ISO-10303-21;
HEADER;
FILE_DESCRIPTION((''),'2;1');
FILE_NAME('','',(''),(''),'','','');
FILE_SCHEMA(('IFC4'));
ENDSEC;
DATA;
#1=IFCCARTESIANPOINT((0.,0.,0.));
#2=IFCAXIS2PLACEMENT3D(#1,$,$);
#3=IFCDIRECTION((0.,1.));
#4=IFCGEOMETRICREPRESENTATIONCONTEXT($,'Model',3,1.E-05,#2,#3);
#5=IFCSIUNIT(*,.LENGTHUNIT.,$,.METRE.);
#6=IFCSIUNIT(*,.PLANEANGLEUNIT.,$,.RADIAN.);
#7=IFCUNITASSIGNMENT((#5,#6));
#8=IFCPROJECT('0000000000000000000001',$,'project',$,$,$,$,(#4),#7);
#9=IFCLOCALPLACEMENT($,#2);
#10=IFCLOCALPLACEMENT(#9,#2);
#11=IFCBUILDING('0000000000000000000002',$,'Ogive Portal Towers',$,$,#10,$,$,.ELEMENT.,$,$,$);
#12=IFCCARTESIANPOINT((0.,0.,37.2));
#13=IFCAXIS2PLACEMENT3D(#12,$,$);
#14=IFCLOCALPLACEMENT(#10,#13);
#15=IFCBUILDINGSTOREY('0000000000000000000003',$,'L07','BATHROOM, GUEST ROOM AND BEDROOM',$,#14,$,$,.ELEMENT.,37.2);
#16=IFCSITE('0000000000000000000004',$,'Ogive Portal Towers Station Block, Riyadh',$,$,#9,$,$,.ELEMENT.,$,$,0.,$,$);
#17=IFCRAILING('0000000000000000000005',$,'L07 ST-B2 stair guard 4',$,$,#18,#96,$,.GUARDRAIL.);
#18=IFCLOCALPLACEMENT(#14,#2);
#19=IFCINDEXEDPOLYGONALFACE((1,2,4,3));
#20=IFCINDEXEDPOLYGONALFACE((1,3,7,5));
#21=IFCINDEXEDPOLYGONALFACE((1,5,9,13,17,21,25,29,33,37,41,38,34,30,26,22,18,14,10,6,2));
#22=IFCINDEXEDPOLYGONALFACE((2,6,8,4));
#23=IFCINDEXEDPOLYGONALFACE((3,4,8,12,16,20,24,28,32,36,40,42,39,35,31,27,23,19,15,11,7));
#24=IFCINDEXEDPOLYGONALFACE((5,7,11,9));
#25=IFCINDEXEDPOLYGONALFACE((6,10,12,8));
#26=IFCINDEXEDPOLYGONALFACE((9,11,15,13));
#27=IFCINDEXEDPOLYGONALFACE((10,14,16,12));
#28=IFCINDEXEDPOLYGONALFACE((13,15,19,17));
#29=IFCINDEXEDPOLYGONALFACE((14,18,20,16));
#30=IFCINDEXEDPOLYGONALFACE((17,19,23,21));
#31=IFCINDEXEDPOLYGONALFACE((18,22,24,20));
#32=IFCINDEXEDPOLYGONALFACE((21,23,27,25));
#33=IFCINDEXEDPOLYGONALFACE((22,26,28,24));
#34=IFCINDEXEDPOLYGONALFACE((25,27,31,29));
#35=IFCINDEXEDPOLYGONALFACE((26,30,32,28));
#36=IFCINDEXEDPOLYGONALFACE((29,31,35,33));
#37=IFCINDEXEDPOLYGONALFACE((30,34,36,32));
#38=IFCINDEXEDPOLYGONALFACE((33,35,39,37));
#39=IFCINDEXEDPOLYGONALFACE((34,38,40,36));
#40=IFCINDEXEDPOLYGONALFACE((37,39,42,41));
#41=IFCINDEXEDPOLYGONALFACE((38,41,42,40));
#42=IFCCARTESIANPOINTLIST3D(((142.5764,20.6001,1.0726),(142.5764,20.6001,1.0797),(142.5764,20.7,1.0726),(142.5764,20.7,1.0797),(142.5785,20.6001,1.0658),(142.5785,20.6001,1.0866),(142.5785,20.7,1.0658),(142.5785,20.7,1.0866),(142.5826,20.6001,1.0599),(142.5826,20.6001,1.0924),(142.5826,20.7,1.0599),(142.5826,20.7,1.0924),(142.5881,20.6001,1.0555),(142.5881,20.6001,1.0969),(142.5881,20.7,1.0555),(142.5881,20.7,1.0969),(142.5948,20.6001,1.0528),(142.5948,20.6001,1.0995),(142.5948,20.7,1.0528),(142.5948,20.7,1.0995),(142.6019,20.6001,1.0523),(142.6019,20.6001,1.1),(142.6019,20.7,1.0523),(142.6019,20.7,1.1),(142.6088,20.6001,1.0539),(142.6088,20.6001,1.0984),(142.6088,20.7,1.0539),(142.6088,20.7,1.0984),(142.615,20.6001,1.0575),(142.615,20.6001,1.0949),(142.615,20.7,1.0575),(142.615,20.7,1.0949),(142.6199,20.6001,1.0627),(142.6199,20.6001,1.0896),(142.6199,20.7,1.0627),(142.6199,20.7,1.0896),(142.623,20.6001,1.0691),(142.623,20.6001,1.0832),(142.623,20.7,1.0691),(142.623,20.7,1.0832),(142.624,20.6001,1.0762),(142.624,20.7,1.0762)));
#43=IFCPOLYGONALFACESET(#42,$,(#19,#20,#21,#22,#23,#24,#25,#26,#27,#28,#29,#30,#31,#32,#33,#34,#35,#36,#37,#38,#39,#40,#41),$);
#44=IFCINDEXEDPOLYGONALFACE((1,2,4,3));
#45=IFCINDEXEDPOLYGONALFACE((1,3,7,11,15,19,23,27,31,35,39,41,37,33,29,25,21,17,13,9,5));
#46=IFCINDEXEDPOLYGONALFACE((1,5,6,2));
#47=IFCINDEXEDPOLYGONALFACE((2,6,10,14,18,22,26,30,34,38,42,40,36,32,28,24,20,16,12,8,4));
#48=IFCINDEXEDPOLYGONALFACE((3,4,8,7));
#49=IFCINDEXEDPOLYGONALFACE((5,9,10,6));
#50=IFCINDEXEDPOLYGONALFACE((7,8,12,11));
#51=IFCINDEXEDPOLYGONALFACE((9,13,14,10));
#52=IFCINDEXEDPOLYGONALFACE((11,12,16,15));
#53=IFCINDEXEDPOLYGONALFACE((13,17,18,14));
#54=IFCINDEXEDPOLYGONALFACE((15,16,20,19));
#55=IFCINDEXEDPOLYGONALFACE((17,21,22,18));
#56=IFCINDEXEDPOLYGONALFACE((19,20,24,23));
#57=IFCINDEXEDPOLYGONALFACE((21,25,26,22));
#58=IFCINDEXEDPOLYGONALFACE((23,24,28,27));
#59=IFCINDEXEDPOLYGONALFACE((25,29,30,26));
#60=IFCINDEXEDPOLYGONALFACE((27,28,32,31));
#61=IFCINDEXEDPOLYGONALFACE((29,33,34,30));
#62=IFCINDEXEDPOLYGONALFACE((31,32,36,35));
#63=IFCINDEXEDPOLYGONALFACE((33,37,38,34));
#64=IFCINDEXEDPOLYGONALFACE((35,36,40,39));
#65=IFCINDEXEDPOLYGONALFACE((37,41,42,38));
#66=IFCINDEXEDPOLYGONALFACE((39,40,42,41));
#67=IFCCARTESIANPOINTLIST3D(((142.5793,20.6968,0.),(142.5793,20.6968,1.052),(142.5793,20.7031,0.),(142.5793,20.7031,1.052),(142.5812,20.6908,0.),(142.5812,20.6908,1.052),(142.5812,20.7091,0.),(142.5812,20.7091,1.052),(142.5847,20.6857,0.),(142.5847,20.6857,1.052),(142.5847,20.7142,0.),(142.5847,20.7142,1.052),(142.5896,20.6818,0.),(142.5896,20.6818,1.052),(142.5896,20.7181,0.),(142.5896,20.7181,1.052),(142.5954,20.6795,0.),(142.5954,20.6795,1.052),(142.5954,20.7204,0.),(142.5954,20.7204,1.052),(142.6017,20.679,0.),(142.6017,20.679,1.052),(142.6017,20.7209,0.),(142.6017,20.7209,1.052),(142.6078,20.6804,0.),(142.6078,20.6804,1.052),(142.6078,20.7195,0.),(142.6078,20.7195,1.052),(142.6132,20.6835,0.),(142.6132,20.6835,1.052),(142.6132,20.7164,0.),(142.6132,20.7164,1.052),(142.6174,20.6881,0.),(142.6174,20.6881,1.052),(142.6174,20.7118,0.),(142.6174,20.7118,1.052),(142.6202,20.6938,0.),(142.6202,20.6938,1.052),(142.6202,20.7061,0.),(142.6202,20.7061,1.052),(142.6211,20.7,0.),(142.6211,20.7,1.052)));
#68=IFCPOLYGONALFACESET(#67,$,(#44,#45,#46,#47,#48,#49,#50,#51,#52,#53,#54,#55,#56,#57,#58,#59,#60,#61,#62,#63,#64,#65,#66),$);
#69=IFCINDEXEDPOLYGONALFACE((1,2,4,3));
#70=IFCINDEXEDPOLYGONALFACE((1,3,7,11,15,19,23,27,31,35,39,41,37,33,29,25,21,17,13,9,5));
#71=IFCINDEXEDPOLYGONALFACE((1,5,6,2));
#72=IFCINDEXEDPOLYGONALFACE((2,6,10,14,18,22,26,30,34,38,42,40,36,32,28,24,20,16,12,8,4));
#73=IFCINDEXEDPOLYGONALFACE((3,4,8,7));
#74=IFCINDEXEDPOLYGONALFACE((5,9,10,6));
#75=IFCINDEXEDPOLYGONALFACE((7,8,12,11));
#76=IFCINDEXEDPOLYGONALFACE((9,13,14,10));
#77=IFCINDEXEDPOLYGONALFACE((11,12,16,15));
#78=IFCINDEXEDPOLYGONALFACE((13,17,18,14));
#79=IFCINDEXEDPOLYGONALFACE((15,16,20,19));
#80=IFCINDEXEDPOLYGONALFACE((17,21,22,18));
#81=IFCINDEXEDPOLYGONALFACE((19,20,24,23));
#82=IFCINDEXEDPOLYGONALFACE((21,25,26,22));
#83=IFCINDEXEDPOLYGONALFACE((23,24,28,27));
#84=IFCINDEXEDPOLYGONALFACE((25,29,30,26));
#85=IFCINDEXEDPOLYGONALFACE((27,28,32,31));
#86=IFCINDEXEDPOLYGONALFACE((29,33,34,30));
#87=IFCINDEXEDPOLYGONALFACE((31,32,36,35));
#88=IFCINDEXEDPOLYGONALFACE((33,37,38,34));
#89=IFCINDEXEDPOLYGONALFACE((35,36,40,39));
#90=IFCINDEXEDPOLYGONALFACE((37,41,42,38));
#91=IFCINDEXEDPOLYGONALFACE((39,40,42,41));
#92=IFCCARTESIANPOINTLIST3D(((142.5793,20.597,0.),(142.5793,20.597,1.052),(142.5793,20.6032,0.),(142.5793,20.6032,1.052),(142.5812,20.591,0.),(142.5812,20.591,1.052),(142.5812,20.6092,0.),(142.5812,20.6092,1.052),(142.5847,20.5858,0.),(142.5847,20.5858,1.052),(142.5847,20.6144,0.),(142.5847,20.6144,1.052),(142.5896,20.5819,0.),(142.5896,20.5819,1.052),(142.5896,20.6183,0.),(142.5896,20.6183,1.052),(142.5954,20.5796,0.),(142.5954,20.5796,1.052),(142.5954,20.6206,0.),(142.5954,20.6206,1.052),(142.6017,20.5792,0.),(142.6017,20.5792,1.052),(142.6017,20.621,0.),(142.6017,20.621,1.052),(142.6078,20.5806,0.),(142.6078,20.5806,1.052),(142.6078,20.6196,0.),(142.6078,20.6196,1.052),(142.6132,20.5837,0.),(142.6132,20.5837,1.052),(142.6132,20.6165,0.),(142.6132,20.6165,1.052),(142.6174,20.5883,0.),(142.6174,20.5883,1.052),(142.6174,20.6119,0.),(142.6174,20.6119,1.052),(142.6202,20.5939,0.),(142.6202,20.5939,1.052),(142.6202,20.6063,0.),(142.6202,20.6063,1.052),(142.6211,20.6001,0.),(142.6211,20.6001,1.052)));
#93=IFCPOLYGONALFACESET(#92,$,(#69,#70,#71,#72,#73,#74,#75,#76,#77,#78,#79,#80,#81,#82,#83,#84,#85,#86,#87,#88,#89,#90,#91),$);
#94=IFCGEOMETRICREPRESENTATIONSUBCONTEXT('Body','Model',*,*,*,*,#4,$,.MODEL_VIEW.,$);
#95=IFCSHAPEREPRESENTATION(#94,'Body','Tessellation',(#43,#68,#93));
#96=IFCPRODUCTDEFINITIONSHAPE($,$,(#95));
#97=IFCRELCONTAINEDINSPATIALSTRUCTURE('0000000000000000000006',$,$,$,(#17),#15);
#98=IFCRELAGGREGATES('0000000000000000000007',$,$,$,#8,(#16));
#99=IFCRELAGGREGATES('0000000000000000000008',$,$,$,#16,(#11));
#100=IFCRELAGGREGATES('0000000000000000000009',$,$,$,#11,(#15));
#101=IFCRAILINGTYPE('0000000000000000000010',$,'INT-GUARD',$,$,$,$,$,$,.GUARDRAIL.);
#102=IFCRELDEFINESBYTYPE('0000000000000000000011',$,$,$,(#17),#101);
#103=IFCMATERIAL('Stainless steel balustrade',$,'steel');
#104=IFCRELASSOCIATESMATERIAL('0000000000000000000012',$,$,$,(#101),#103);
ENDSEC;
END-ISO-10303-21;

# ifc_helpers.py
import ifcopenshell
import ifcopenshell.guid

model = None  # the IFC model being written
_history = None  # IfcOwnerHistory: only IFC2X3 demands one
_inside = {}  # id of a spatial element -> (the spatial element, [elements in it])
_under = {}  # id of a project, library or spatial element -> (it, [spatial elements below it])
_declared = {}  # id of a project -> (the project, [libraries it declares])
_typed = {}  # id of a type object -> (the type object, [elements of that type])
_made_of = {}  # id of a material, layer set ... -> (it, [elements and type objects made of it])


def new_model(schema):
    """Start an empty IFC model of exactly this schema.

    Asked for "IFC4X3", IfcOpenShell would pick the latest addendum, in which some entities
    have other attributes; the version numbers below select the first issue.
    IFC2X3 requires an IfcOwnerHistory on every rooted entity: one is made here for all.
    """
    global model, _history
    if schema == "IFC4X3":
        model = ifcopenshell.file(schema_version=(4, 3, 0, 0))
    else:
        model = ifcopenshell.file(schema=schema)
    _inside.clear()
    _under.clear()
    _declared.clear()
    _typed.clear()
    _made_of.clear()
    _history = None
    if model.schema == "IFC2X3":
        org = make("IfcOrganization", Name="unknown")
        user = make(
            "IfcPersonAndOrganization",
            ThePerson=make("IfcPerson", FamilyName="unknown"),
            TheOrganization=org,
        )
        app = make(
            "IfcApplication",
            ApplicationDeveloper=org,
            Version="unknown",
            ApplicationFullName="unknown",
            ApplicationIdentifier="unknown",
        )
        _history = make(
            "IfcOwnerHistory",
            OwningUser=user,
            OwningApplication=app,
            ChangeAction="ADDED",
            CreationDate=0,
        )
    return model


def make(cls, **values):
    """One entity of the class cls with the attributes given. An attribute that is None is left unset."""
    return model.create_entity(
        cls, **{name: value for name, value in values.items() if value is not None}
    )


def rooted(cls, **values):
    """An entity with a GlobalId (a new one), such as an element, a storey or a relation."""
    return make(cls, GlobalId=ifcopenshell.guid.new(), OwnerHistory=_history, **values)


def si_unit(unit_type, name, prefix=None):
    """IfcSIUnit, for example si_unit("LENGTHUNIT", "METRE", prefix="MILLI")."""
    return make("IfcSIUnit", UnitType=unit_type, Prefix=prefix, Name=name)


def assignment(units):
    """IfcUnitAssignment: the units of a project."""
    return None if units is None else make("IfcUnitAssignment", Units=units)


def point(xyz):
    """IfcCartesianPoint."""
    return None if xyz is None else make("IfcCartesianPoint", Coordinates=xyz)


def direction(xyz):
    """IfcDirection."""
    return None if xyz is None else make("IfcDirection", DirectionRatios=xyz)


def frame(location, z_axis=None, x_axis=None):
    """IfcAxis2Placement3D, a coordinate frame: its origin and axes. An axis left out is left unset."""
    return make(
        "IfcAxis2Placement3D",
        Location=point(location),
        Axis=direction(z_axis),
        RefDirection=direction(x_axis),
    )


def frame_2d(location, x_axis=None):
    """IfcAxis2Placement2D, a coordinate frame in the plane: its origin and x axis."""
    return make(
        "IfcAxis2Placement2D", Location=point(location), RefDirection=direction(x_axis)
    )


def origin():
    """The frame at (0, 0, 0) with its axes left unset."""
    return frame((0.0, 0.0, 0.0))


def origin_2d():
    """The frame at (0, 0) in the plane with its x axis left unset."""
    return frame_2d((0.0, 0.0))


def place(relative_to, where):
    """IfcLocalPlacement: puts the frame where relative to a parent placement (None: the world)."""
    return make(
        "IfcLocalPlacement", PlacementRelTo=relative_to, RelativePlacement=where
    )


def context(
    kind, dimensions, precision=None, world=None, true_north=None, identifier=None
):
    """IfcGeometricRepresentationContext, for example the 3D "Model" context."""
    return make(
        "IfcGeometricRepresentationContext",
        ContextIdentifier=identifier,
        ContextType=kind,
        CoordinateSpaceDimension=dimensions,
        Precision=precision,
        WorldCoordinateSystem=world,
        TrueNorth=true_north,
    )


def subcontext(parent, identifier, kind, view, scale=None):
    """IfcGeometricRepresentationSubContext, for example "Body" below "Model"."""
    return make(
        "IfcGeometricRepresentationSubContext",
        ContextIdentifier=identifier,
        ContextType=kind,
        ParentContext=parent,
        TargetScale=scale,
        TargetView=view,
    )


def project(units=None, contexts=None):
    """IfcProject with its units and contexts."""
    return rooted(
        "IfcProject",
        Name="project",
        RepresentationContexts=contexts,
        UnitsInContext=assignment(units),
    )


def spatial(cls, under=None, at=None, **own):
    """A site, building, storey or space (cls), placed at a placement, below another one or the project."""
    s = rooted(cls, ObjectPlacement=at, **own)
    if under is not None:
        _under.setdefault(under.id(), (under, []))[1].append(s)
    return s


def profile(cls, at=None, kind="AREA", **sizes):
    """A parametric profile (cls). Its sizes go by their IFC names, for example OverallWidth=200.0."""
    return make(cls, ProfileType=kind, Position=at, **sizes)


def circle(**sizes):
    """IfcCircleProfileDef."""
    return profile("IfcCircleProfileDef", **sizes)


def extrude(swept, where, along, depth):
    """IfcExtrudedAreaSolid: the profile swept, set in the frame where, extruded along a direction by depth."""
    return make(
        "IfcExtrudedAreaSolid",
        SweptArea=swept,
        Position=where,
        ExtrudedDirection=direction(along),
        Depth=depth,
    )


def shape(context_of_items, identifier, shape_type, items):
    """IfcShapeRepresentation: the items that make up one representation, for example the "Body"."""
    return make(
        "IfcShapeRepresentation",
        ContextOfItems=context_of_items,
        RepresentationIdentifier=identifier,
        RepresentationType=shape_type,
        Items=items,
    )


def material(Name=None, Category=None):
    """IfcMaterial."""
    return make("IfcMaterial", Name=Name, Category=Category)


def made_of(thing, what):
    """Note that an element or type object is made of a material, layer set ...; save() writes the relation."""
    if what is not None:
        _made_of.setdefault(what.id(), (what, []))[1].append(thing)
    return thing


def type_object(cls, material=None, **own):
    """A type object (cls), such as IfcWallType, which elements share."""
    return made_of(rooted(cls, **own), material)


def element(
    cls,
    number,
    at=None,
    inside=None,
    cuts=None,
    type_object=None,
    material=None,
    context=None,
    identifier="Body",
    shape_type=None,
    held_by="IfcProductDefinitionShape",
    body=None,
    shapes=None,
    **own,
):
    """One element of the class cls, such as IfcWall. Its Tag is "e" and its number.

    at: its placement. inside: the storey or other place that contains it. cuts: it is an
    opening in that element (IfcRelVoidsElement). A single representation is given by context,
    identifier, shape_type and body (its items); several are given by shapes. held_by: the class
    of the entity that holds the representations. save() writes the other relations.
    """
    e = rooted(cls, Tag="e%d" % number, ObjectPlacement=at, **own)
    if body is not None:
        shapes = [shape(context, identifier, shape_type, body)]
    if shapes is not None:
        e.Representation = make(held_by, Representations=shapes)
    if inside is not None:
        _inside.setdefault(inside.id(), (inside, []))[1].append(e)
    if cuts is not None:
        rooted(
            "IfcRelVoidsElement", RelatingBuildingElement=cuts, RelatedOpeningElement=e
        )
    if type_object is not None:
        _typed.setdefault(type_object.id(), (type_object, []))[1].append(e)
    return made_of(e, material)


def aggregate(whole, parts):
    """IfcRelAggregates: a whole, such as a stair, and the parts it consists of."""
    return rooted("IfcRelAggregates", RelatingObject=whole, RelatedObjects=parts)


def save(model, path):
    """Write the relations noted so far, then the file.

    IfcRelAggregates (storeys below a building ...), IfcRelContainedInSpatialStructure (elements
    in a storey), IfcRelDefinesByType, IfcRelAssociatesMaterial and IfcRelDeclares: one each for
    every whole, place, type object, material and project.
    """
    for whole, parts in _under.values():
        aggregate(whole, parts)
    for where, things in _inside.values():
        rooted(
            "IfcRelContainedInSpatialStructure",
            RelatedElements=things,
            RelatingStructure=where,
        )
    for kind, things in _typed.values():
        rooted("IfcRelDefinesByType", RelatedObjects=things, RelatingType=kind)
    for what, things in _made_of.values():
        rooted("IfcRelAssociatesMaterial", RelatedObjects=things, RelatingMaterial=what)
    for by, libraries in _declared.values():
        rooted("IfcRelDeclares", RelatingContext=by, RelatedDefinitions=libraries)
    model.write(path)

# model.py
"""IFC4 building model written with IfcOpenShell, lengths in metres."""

from ifc_helpers import new_model, si_unit, direction, frame, origin, origin_2d, place, context, subcontext, project, spatial, circle, extrude, material, type_object, element, save


model = new_model("IFC4")

# Units and contexts
model_context = context("Model", 3, precision=1e-05, world=origin(), true_north=direction((0.0, 1.0)))
body_context = subcontext(model_context, "Body", "Model", "MODEL_VIEW")
ifc_project = project(units=[si_unit("LENGTHUNIT", "METRE"), si_unit("PLANEANGLEUNIT", "RADIAN")], contexts=[model_context])

# Site, building, storey
site_placement = place(None, origin())
site = spatial("IfcSite", under=ifc_project, at=site_placement, Name="Ogive Portal Towers Station Block, Riyadh", CompositionType="ELEMENT", RefElevation=0.0)
building_placement = place(site_placement, origin())
building = spatial("IfcBuilding", under=site, at=building_placement, Name="Ogive Portal Towers", CompositionType="ELEMENT")
storey_placement = place(building_placement, frame((0.0, 0.0, 37.2)))
storey = spatial("IfcBuildingStorey", under=building, at=storey_placement, Name="L07", Description="BATHROOM, GUEST ROOM AND BEDROOM", CompositionType="ELEMENT", Elevation=37.2)

# Railing
ifc_material_1 = material(Name="Stainless steel balustrade", Category="steel")
railing_type_1 = type_object("IfcRailingType", Name="INT-GUARD", PredefinedType="GUARDRAIL", material=ifc_material_1)
railing_1_placement = place(storey_placement, frame((142.6001, 20.7, 0.0)))
element("IfcRailing", 1, at=railing_1_placement, inside=storey, type_object=railing_type_1, Name="L07 ST-B2 stair guard 4", PredefinedType="GUARDRAIL", context=body_context, shape_type="SweptSolid", body=[
    extrude(circle(Radius=0.0239, at=origin_2d()), frame((0.0, 0.0, 1.0762), z_axis=(0.0, -1.0, 0.0), x_axis=(1.0, 0.0, 0.0)), (0.0, 0.0, 1.0), 0.0999),
    extrude(circle(Radius=0.021, at=origin_2d()), origin(), (0.0, 0.0, 1.0), 1.052),
    extrude(circle(Radius=0.021, at=origin_2d()), frame((0.0, -0.0999, 0.0)), (0.0, 0.0, 1.0), 1.052),
])

save(model, "model.ifc")
